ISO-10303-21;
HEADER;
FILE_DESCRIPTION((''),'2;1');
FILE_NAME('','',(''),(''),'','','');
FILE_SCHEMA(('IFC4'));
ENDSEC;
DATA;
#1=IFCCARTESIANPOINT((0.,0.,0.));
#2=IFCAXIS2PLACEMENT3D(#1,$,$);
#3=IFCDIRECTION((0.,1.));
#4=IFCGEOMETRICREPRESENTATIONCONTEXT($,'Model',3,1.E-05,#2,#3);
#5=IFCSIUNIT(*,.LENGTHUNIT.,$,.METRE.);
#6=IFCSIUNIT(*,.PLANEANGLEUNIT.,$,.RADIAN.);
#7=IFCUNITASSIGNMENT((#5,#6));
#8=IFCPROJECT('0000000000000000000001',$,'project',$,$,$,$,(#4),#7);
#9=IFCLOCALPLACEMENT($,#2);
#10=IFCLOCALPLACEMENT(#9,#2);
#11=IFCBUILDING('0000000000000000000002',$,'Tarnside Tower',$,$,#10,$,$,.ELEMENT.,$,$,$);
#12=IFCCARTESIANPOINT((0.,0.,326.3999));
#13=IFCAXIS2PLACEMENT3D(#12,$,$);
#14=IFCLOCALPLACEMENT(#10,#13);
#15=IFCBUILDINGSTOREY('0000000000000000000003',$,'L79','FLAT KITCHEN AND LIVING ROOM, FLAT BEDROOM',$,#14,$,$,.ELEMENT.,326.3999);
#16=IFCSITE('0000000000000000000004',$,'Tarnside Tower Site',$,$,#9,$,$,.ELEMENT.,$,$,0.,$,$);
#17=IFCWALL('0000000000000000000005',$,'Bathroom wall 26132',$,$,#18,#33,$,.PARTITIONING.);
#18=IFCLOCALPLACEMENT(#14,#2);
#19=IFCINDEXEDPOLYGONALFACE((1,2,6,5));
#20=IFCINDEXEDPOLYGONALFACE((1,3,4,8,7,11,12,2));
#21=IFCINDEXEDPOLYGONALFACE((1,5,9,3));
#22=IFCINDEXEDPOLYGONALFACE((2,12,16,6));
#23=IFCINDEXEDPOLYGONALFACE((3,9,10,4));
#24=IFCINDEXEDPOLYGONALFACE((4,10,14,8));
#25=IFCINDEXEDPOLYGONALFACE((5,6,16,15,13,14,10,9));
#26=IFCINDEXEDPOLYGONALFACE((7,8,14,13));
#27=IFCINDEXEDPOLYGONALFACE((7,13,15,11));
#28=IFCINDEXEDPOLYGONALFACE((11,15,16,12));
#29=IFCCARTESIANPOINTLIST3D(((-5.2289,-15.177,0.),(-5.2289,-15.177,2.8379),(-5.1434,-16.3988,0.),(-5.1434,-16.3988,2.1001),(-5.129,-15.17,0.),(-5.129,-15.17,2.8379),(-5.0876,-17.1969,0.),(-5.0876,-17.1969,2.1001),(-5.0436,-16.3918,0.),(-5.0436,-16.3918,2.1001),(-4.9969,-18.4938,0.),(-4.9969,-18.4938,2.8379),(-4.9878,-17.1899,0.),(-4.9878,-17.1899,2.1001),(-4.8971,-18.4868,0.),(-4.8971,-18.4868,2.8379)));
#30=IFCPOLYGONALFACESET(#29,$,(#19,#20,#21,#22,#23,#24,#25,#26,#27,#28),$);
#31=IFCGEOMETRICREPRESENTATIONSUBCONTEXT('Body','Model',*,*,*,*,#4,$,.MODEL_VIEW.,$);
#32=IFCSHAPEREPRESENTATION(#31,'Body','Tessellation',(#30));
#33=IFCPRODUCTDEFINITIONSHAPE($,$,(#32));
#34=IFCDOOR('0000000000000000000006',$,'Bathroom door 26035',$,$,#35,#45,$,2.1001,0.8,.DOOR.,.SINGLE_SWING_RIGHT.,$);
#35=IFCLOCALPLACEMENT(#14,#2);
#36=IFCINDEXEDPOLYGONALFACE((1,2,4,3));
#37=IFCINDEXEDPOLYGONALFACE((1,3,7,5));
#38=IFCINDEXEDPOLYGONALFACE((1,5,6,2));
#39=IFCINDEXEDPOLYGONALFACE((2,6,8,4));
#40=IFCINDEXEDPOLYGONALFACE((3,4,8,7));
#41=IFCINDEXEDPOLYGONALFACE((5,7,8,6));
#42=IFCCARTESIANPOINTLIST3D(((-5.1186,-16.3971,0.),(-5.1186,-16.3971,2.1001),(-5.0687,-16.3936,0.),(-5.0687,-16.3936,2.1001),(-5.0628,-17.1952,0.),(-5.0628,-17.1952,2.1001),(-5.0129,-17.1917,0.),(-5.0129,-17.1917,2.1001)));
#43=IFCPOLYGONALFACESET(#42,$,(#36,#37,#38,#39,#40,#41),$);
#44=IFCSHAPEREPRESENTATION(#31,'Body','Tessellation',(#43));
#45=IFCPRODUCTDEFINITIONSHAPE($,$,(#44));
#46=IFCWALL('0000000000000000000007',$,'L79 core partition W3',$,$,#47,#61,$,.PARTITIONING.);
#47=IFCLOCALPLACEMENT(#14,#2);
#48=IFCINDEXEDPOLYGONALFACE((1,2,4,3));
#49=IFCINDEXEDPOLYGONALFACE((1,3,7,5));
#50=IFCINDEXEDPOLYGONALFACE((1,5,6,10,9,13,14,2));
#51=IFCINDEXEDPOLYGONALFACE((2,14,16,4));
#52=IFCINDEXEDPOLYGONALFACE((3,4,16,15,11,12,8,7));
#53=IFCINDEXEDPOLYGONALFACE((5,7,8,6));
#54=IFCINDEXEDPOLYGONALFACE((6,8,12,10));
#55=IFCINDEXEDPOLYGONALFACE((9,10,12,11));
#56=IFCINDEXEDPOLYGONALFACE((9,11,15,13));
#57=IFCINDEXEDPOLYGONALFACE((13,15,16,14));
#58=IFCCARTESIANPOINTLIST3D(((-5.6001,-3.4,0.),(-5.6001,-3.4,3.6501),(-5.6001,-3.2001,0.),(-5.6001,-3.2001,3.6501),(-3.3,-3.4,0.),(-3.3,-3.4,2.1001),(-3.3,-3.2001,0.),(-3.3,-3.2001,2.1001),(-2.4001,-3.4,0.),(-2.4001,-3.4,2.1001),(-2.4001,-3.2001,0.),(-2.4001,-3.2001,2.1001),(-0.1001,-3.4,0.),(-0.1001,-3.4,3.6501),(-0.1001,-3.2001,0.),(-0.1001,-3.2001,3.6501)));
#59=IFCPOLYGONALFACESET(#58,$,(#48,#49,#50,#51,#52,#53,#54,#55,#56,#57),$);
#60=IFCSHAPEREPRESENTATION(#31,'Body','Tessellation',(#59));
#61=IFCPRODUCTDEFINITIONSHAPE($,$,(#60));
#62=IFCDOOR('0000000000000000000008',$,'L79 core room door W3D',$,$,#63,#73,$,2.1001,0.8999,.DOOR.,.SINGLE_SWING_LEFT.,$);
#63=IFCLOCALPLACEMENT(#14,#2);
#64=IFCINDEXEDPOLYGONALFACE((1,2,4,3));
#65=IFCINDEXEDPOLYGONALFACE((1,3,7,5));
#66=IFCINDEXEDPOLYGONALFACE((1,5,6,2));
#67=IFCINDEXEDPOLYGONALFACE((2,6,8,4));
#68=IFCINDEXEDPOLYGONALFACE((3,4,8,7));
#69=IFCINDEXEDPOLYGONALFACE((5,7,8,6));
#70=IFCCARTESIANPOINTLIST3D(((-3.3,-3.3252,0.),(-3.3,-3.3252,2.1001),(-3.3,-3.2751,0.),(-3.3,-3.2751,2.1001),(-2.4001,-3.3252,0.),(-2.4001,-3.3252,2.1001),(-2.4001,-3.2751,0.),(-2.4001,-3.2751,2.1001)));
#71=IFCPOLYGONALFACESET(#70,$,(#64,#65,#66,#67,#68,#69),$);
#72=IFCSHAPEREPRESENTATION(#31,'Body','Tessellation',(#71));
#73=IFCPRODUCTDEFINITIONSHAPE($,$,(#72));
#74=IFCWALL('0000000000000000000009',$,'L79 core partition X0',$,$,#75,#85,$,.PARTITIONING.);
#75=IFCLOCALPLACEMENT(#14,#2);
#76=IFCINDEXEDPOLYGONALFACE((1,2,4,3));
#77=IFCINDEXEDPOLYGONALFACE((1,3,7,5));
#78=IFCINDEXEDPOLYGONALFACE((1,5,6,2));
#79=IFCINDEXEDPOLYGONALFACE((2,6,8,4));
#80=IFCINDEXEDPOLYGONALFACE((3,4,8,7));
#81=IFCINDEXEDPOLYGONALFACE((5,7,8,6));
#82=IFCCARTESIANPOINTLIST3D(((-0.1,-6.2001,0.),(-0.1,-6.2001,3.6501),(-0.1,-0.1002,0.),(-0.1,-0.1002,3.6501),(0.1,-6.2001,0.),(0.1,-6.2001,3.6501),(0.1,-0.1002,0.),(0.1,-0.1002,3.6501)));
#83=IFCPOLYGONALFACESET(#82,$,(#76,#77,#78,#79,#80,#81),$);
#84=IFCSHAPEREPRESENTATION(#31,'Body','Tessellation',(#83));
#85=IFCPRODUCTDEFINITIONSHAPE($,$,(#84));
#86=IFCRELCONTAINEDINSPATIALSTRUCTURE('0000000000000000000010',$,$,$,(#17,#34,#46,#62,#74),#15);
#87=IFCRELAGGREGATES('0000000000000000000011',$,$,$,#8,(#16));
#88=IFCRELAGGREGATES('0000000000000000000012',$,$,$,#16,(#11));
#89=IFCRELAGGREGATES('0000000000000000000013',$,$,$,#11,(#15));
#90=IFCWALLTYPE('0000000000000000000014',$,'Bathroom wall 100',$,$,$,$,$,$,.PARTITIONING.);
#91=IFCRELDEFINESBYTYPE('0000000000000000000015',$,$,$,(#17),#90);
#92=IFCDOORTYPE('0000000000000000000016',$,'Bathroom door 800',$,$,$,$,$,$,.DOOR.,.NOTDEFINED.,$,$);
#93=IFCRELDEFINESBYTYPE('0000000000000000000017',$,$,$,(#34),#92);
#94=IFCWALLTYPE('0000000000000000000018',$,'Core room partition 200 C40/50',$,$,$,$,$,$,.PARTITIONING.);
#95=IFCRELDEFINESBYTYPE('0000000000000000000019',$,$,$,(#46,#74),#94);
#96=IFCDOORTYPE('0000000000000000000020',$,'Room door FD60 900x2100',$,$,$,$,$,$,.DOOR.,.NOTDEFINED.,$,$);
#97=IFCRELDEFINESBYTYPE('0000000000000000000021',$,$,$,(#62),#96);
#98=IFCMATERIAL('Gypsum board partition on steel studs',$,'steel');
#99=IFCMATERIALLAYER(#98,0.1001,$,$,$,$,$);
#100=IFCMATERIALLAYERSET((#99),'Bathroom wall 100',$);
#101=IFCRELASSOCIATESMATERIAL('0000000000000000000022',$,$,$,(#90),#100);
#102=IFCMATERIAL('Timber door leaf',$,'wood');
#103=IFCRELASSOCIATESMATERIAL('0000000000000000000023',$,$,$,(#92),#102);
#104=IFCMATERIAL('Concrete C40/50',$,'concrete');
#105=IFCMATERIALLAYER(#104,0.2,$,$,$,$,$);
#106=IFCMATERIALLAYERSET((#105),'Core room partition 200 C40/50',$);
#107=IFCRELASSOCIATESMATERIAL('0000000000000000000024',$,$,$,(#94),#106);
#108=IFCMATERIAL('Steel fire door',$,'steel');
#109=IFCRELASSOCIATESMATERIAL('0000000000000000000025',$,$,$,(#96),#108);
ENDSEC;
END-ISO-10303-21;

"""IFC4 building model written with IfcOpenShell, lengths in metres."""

from ifc_helpers import new_model, si_unit, direction, frame, frame_2d, origin, place, context, subcontext, project, spatial, rectangle, extrude, material, layer, layer_set, type_object, element, fill, save


model = new_model("IFC4")

# Units and contexts
model_context = context("Model", 3, precision=1e-05, world=origin(), true_north=direction((0.0, 1.0)))
body_context = subcontext(model_context, "Body", "Model", "MODEL_VIEW")
ifc_project = project(units=[si_unit("LENGTHUNIT", "METRE"), si_unit("PLANEANGLEUNIT", "RADIAN")], contexts=[model_context])

# Site, building, storey
site_placement = place(None, origin())
site = spatial("IfcSite", under=ifc_project, at=site_placement, Name="Tarnside Tower Site", CompositionType="ELEMENT", RefElevation=0.0)
building_placement = place(site_placement, origin())
building = spatial("IfcBuilding", under=site, at=building_placement, Name="Tarnside Tower", CompositionType="ELEMENT")
storey_placement = place(building_placement, frame((0.0, 0.0, 326.3999)))
storey = spatial("IfcBuildingStorey", under=building, at=storey_placement, Name="L79", Description="FLAT KITCHEN AND LIVING ROOM, FLAT BEDROOM", CompositionType="ELEMENT", Elevation=326.3999)

# Walls, openings, doors
ifc_material_1 = material(Name="Gypsum board partition on steel studs", Category="steel")
ifc_layer_1 = layer(ifc_material_1, 0.1001)
ifc_layer_set_1 = layer_set([ifc_layer_1], Name="Bathroom wall 100")
wall_type_1 = type_object("IfcWallType", Name="Bathroom wall 100", PredefinedType="PARTITIONING", material=ifc_layer_set_1)
wall_1_placement = place(storey_placement, frame((-5.179, -15.1733, 0.0), z_axis=(0.0, 0.0, 1.0), x_axis=(0.069755, -0.997564, 0.0)))
wall_1 = element("IfcWall", 1, at=wall_1_placement, inside=storey, type_object=wall_type_1, Name="Bathroom wall 26132", PredefinedType="PARTITIONING", context=body_context, shape_type="SweptSolid", body=[
    extrude(rectangle(XDim=3.325, YDim=0.1001, at=frame_2d((1.6626, 0.0))), origin(), (0.0, 0.0, 1.0), 2.8379),
])
opening_1_placement = place(wall_1_placement, frame((1.2251, 0.0, 0.0)))
opening_1 = element("IfcOpeningElement", 2, at=opening_1_placement, cuts=wall_1, PredefinedType="OPENING", context=body_context, shape_type="SweptSolid", body=[
    extrude(rectangle(XDim=0.8, YDim=2.1001, at=frame_2d((0.3999, 1.05))), frame((0.0, 0.0601, 0.0), z_axis=(0.0, -1.0, 0.0), x_axis=(1.0, 0.0, 0.0)), (0.0, 0.0, 1.0), 0.1201),
])
ifc_material_2 = material(Name="Timber door leaf", Category="wood")
door_type_1 = type_object("IfcDoorType", Name="Bathroom door 800", OperationType="NOTDEFINED", PredefinedType="DOOR", material=ifc_material_2)
door_1_placement = place(opening_1_placement, origin())
door_1 = element("IfcDoor", 3, at=door_1_placement, inside=storey, type_object=door_type_1, Name="Bathroom door 26035", OperationType="SINGLE_SWING_RIGHT", OverallHeight=2.1001, OverallWidth=0.8, PredefinedType="DOOR", context=body_context, shape_type="SweptSolid", body=[
    extrude(rectangle(XDim=0.8, YDim=2.1001, at=frame_2d((0.3999, 1.05))), frame((0.0, 0.0249, 0.0), z_axis=(0.0, -1.0, 0.0), x_axis=(1.0, 0.0, 0.0)), (0.0, 0.0, 1.0), 0.05),
])
fill(opening_1, door_1)
ifc_material_3 = material(Name="Concrete C40/50", Category="concrete")
ifc_layer_2 = layer(ifc_material_3, 0.2)
ifc_layer_set_2 = layer_set([ifc_layer_2], Name="Core room partition 200 C40/50")
wall_type_2 = type_object("IfcWallType", Name="Core room partition 200 C40/50", PredefinedType="PARTITIONING", material=ifc_layer_set_2)
wall_2_placement = place(storey_placement, frame((-5.6001, -3.3, 0.0), z_axis=(0.0, 0.0, 1.0), x_axis=(1.0, 0.0, 0.0)))
wall_2 = element("IfcWall", 4, at=wall_2_placement, inside=storey, type_object=wall_type_2, Name="L79 core partition W3", PredefinedType="PARTITIONING", context=body_context, shape_type="SweptSolid", body=[
    extrude(rectangle(XDim=5.5, YDim=0.2, at=frame_2d((2.75, 0.0))), origin(), (0.0, 0.0, 1.0), 3.6501),
])
opening_2_placement = place(wall_2_placement, frame((2.3, 0.0, 0.0)))
opening_2 = element("IfcOpeningElement", 5, at=opening_2_placement, cuts=wall_2, PredefinedType="OPENING", context=body_context, shape_type="SweptSolid", body=[
    extrude(rectangle(XDim=0.8999, YDim=2.1001, at=frame_2d((0.45, 1.05))), frame((0.0, 0.1099, 0.0), z_axis=(0.0, -1.0, 0.0), x_axis=(1.0, 0.0, 0.0)), (0.0, 0.0, 1.0), 0.22),
])
ifc_material_4 = material(Name="Steel fire door", Category="steel")
door_type_2 = type_object("IfcDoorType", Name="Room door FD60 900x2100", OperationType="NOTDEFINED", PredefinedType="DOOR", material=ifc_material_4)
door_2_placement = place(opening_2_placement, origin())
door_2 = element("IfcDoor", 6, at=door_2_placement, inside=storey, type_object=door_type_2, Name="L79 core room door W3D", OperationType="SINGLE_SWING_LEFT", OverallHeight=2.1001, OverallWidth=0.8999, PredefinedType="DOOR", context=body_context, shape_type="SweptSolid", body=[
    extrude(rectangle(XDim=0.8999, YDim=2.1001, at=frame_2d((0.45, 1.05))), frame((0.0, 0.0249, 0.0), z_axis=(0.0, -1.0, 0.0), x_axis=(1.0, 0.0, 0.0)), (0.0, 0.0, 1.0), 0.05),
])
fill(opening_2, door_2)

# Wall
wall_3_placement = place(storey_placement, frame((0.0, -6.2, 0.0), z_axis=(0.0, 0.0, 1.0), x_axis=(0.0, 1.0, 0.0)))
element("IfcWall", 7, at=wall_3_placement, inside=storey, type_object=wall_type_2, Name="L79 core partition X0", PredefinedType="PARTITIONING", context=body_context, shape_type="SweptSolid", body=[
    extrude(rectangle(XDim=6.0999, YDim=0.2, at=frame_2d((3.0498, 0.0))), origin(), (0.0, 0.0, 1.0), 3.6501),
])

save(model, "model.ifc")
